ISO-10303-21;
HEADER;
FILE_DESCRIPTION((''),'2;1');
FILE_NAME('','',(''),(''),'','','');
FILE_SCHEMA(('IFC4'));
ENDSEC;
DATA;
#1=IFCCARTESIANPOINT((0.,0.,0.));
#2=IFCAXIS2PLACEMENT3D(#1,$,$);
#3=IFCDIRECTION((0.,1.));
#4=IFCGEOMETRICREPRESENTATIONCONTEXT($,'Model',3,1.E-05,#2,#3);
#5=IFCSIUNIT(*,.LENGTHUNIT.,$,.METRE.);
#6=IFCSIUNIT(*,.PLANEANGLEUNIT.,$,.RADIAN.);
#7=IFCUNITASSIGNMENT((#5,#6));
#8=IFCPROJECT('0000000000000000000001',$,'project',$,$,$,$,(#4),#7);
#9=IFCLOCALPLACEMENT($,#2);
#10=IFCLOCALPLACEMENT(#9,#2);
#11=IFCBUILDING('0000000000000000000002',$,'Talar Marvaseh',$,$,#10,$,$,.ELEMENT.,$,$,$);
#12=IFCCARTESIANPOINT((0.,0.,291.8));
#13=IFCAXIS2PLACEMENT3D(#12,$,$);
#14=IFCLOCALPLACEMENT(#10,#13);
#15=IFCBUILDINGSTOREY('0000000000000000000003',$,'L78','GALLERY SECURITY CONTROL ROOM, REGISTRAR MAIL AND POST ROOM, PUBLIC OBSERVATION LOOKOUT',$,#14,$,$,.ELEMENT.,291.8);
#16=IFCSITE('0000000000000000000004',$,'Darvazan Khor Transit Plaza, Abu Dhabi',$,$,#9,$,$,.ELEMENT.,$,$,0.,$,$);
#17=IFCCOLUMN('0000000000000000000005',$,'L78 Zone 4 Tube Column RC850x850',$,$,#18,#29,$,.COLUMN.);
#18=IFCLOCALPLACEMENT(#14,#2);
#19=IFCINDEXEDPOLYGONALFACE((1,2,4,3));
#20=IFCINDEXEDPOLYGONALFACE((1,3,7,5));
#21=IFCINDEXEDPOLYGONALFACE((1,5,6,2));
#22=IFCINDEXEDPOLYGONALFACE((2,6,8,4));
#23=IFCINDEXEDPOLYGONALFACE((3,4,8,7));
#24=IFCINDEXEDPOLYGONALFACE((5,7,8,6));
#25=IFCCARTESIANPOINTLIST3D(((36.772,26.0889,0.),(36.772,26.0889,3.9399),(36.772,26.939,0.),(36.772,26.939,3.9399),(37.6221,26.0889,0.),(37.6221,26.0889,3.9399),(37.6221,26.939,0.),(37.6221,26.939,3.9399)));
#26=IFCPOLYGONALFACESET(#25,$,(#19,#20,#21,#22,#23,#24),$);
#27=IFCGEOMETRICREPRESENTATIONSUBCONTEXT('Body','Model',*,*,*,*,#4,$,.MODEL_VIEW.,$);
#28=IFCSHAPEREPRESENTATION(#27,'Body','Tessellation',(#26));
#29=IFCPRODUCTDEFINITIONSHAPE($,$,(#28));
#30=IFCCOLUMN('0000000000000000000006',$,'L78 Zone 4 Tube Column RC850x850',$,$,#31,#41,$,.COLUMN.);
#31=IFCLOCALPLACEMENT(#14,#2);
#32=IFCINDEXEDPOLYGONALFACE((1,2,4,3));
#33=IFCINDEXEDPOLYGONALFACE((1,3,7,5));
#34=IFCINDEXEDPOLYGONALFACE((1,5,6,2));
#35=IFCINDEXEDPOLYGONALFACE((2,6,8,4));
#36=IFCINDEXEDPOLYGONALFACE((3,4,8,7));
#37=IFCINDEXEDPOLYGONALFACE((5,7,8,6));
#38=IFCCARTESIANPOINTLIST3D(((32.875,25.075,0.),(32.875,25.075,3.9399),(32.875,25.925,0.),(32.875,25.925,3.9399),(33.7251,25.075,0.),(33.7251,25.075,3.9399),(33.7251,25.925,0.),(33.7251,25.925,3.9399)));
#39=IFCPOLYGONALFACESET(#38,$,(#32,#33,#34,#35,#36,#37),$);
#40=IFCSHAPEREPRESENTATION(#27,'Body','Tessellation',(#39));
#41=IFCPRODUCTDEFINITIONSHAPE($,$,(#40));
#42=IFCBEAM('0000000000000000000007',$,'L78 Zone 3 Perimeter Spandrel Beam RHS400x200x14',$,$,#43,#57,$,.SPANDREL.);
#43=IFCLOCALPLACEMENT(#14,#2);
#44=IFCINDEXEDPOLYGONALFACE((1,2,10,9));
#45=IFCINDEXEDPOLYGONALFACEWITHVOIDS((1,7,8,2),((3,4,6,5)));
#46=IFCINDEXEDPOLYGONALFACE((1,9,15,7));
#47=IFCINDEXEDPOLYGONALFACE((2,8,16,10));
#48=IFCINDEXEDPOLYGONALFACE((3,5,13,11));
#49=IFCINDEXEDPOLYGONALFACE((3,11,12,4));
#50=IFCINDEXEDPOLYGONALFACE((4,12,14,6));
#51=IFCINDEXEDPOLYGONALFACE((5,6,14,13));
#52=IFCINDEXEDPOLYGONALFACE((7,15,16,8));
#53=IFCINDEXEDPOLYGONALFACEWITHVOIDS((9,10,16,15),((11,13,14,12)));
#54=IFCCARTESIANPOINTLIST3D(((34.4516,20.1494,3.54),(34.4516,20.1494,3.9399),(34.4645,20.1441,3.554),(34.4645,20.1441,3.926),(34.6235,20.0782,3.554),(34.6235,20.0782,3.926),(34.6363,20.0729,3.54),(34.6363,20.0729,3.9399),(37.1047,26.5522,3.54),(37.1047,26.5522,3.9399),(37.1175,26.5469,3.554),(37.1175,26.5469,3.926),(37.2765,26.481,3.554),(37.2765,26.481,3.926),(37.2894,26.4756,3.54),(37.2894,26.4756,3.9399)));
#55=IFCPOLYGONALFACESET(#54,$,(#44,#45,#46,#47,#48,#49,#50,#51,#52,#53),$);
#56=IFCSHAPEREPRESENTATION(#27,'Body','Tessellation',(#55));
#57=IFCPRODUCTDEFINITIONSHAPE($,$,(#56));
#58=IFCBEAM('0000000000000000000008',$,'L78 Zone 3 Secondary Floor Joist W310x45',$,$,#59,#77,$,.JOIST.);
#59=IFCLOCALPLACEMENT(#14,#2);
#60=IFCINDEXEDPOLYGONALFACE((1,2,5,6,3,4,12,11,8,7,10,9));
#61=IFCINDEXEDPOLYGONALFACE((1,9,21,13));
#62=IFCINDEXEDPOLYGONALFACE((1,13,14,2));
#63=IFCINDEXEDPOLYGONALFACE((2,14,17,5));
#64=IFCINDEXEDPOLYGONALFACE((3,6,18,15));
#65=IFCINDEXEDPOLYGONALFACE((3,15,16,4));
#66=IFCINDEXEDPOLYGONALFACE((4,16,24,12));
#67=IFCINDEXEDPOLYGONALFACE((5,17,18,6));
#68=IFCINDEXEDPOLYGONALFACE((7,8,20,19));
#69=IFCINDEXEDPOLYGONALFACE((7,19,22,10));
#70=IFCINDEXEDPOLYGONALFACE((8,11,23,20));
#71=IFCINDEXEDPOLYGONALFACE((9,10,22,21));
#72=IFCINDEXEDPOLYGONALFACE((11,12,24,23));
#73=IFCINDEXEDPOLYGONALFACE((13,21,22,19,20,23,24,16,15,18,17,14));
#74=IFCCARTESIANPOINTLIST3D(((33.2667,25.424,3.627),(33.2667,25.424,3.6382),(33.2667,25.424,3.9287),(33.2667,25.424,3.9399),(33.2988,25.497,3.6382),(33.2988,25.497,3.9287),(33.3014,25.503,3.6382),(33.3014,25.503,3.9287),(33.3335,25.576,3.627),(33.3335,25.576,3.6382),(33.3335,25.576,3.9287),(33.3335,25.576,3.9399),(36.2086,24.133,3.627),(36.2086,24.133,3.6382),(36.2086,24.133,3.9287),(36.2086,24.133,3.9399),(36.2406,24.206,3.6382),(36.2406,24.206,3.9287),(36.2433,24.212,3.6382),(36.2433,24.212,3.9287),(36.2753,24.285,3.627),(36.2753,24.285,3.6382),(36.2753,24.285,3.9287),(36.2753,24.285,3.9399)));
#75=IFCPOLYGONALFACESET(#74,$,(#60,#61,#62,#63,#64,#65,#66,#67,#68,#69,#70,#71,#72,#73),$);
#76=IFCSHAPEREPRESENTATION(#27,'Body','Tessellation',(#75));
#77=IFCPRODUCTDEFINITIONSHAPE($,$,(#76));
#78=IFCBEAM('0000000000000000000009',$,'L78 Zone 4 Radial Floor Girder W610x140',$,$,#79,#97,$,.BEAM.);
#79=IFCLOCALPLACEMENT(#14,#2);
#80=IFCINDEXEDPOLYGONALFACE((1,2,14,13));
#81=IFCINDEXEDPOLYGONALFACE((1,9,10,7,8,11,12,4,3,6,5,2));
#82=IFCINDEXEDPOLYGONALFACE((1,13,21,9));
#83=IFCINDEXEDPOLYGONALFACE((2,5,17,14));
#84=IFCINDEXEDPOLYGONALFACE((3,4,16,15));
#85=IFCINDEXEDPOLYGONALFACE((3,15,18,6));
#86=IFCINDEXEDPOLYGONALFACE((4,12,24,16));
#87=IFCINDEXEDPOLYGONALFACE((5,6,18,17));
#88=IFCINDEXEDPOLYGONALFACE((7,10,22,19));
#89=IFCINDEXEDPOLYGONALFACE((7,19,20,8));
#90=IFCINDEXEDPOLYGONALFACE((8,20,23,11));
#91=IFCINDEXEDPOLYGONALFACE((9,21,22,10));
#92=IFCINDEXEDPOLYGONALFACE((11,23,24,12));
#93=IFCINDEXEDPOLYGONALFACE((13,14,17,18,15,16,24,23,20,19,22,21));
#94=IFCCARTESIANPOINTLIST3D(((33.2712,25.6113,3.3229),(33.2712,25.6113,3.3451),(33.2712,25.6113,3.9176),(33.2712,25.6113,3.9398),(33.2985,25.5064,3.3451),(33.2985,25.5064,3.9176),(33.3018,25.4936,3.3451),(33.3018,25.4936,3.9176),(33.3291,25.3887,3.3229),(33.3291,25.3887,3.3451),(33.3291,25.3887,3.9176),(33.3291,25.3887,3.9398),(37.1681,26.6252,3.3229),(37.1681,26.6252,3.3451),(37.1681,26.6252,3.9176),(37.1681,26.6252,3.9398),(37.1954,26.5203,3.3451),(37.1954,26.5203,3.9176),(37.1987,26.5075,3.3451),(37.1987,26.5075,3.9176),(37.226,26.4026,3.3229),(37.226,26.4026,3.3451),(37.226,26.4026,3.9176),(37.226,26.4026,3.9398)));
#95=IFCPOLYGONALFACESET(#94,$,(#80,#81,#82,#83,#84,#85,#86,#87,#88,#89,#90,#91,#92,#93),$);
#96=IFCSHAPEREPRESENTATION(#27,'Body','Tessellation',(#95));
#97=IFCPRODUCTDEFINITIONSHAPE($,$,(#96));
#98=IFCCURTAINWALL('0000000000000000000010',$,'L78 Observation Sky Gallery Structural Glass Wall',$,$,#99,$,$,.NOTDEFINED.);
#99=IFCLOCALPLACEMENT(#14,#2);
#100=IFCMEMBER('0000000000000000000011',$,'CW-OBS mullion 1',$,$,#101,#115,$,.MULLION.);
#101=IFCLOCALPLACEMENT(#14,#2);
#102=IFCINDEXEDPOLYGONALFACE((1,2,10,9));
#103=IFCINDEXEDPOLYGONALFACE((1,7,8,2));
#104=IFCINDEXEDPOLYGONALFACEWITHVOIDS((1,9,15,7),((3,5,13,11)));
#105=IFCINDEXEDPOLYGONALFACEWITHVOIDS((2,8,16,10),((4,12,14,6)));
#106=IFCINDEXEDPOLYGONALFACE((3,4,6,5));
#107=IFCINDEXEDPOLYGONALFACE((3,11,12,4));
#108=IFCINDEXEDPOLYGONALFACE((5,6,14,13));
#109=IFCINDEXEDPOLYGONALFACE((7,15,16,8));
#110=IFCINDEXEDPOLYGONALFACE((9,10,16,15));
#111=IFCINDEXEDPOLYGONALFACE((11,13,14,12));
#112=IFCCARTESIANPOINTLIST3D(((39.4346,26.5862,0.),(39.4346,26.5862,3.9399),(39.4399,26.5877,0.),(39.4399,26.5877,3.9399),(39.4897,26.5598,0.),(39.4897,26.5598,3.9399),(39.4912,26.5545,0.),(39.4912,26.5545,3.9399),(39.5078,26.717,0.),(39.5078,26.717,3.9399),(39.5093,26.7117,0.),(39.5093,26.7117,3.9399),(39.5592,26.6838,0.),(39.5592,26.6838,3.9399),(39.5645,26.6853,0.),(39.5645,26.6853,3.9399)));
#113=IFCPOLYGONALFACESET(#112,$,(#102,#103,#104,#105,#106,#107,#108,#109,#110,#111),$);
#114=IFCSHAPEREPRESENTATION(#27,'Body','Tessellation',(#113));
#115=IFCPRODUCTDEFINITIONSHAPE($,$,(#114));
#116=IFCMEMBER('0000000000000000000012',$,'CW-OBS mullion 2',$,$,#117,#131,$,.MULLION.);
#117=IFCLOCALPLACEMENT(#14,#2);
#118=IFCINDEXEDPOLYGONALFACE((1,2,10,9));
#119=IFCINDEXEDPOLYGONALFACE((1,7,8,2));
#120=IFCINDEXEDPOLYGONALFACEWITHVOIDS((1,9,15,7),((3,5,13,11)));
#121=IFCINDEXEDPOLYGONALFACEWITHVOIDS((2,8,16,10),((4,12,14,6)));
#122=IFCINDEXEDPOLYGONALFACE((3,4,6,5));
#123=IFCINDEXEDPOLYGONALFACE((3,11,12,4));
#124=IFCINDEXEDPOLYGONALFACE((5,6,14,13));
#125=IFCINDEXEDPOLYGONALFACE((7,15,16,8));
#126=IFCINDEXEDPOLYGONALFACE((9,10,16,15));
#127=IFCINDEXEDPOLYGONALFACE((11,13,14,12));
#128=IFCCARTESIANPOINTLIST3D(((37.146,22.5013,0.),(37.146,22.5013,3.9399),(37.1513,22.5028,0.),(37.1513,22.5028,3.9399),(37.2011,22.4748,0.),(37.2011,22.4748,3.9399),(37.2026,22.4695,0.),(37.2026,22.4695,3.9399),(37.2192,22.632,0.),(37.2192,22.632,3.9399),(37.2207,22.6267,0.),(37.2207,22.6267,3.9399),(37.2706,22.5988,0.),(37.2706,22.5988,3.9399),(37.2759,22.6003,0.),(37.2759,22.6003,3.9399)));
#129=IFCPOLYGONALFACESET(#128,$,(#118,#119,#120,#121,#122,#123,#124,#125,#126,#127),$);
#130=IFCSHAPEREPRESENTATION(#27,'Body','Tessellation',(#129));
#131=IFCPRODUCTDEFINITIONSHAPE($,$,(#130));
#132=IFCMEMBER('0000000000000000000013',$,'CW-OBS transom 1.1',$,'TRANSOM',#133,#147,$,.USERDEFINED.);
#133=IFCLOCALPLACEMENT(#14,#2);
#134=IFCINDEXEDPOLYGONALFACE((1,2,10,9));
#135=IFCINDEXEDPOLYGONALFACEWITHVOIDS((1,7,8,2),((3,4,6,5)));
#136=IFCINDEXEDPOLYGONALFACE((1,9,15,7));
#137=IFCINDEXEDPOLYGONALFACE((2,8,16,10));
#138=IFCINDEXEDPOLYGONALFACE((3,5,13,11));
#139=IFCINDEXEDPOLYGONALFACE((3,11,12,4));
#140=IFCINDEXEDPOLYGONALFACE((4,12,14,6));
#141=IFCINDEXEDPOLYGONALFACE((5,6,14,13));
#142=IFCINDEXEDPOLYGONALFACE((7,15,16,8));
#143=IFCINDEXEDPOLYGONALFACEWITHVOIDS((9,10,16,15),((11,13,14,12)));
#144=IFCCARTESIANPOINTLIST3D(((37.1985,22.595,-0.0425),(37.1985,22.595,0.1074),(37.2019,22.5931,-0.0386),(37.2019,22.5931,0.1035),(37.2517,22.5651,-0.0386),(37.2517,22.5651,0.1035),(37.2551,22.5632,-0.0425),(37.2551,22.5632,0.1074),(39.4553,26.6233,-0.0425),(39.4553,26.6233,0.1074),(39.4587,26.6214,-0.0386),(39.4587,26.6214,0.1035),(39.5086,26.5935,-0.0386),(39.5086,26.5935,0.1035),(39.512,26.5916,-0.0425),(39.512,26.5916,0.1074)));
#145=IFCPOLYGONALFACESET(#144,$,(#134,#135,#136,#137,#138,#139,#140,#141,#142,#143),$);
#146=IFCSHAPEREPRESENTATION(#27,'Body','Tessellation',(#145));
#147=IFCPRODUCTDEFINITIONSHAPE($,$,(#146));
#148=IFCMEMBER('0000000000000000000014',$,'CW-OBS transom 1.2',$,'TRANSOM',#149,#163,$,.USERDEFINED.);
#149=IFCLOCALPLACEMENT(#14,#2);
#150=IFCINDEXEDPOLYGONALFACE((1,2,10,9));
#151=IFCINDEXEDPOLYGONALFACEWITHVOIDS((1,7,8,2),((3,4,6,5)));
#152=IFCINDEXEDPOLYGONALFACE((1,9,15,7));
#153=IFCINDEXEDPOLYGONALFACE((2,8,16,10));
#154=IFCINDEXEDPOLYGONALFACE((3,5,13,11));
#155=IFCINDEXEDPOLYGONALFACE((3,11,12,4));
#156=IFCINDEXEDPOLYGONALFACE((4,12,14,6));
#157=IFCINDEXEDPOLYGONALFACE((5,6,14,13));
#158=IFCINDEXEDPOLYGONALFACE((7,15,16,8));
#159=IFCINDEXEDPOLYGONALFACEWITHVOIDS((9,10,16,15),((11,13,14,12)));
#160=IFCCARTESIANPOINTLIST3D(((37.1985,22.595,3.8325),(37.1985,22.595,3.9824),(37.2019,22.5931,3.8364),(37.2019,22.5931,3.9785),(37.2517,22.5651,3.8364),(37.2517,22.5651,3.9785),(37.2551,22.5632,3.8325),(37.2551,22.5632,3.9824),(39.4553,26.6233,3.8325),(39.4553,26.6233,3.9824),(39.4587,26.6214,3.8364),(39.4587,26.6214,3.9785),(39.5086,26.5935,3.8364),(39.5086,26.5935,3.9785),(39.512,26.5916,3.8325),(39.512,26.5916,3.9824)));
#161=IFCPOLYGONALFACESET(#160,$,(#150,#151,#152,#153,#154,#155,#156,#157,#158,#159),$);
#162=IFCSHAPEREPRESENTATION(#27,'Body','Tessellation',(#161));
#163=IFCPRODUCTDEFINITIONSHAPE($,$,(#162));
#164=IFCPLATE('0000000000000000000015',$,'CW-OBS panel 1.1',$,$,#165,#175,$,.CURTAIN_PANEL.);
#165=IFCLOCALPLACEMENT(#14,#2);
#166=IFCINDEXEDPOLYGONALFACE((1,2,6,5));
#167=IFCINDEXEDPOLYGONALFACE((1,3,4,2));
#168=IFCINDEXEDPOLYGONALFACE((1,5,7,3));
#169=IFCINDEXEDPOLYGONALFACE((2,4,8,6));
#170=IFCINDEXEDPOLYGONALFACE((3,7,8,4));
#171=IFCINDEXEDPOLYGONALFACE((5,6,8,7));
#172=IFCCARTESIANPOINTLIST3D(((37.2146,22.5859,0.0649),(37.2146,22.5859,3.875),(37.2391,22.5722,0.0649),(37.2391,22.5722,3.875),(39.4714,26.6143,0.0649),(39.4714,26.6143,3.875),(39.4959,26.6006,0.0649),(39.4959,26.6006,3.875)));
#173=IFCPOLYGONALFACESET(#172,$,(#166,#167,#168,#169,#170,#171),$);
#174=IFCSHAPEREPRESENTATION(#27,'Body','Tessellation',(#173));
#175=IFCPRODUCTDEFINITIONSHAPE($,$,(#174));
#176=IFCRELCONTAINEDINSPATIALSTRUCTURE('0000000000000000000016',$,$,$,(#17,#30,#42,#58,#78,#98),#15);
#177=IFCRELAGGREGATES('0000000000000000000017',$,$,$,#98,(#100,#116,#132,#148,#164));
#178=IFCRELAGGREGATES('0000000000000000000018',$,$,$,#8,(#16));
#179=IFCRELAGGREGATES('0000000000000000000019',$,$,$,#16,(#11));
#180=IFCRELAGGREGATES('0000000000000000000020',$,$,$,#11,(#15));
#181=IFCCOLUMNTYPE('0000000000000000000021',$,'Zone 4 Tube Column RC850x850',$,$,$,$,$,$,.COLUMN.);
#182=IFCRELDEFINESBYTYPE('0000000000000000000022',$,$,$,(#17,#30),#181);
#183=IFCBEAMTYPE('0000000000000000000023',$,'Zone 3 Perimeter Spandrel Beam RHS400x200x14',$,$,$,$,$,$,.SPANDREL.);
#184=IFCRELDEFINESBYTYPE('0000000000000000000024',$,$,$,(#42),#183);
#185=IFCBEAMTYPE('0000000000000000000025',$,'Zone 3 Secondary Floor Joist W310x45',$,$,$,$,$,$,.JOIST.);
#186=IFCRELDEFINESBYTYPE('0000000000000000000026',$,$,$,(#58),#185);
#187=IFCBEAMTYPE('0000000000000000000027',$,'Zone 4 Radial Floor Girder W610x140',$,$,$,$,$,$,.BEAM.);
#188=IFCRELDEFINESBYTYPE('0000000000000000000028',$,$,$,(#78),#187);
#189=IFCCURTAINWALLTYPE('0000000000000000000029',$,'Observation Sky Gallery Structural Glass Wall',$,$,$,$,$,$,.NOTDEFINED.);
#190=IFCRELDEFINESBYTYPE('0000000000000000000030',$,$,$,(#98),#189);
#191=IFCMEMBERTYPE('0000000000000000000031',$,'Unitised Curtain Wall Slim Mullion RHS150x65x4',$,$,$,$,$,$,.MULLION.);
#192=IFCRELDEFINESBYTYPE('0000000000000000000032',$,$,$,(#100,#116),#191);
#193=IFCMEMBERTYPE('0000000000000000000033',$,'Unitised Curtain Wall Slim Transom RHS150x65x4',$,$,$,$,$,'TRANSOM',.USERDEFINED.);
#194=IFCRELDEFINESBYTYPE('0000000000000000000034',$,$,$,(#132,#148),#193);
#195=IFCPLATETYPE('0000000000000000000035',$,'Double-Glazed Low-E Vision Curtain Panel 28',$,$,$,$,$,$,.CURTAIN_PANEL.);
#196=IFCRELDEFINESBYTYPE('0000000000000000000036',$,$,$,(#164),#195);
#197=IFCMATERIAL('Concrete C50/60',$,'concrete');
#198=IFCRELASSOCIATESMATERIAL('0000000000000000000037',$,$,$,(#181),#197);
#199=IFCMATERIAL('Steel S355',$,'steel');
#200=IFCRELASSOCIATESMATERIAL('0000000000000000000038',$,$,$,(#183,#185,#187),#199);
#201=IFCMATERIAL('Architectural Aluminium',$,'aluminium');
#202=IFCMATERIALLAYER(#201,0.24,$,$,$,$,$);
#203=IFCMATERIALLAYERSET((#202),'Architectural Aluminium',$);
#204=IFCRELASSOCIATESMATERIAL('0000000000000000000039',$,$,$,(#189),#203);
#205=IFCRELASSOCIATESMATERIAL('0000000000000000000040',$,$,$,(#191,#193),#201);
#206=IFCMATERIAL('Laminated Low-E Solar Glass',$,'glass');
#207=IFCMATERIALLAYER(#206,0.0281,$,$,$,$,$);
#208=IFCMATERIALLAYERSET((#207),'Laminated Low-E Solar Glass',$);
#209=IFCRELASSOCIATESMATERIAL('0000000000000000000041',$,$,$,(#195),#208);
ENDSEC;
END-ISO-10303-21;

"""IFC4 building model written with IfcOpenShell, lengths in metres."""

from ifc_helpers import new_model, si_unit, direction, frame, origin, origin_2d, place, context, subcontext, project, spatial, rectangle, hollow_rectangle, i_section, extrude, source, transform, mapped, material, layer, layer_set, material_profile, profile_set, type_object, type_shapes, element, aggregate, save


model = new_model("IFC4")

# Units and contexts
model_context = context("Model", 3, precision=1e-05, world=origin(), true_north=direction((0.0, 1.0)))
body_context = subcontext(model_context, "Body", "Model", "MODEL_VIEW")
ifc_project = project(units=[si_unit("LENGTHUNIT", "METRE"), si_unit("PLANEANGLEUNIT", "RADIAN")], contexts=[model_context])

# Site, building, storey
site_placement = place(None, origin())
site = spatial("IfcSite", under=ifc_project, at=site_placement, Name="Darvazan Khor Transit Plaza, Abu Dhabi", CompositionType="ELEMENT", RefElevation=0.0)
building_placement = place(site_placement, origin())
building = spatial("IfcBuilding", under=site, at=building_placement, Name="Talar Marvaseh", CompositionType="ELEMENT")
storey_placement = place(building_placement, frame((0.0, 0.0, 291.8)))
storey = spatial("IfcBuildingStorey", under=building, at=storey_placement, Name="L78", Description="GALLERY SECURITY CONTROL ROOM, REGISTRAR MAIL AND POST ROOM, PUBLIC OBSERVATION LOOKOUT", CompositionType="ELEMENT", Elevation=291.8)

# Columns
ifc_material_1 = material(Name="Concrete C50/60", Category="concrete")
ifc_material_profile_1 = material_profile(ifc_material_1, rectangle(XDim=0.8501, YDim=0.8501, at=origin_2d()), Name="RC850x850")
ifc_profile_set_1 = profile_set([ifc_material_profile_1], Name="Concrete C50/60")
column_type = type_object("IfcColumnType", Name="Zone 4 Tube Column RC850x850", PredefinedType="COLUMN", material=ifc_profile_set_1)
for number, where, z_axis, x_axis, name in (
    (1, (37.197, 26.5139, 0.0), (0.0, 0.0, 1.0), (1.0, 0.0, 0.0), "L78 Zone 4 Tube Column RC850x850"),
    (2, (33.3, 25.5, 0.0), (0.0, 0.0, 1.0), (1.0, 0.0, 0.0), "L78 Zone 4 Tube Column RC850x850"),
):
    element("IfcColumn", number, at=place(storey_placement, frame(where, z_axis=z_axis, x_axis=x_axis)), inside=storey, type_object=column_type, Name=name, PredefinedType="COLUMN", context=body_context, shape_type="SweptSolid", body=[
        extrude(rectangle(XDim=0.8501, YDim=0.8501, at=origin_2d()), origin(), (0.0, 0.0, 1.0), 3.9399),
    ])

# Beams
ifc_material_2 = material(Name="Steel S355", Category="steel")
ifc_material_profile_2 = material_profile(ifc_material_2, hollow_rectangle(XDim=0.2, YDim=0.3999, WallThickness=0.0139, at=origin_2d()), Name="RHS400x200x14")
ifc_profile_set_2 = profile_set([ifc_material_profile_2], Name="Steel S355")
beam_type_1 = type_object("IfcBeamType", Name="Zone 3 Perimeter Spandrel Beam RHS400x200x14", PredefinedType="SPANDREL", material=ifc_profile_set_2)
beam_1_placement = place(storey_placement, frame((37.197, 26.5139, 3.74), z_axis=(-0.382799, -0.923832, 0.0), x_axis=(0.923832, -0.382799, 0.0)))
element("IfcBeam", 3, at=beam_1_placement, inside=storey, type_object=beam_type_1, Name="L78 Zone 3 Perimeter Spandrel Beam RHS400x200x14", PredefinedType="SPANDREL", context=body_context, shape_type="SweptSolid", body=[
    extrude(hollow_rectangle(XDim=0.2, YDim=0.3999, WallThickness=0.0139, at=origin_2d()), origin(), (0.0, 0.0, 1.0), 6.9307),
])
ifc_material_profile_3 = material_profile(ifc_material_2, i_section(OverallWidth=0.166, OverallDepth=0.313, WebThickness=0.0066, FlangeThickness=0.0112, at=origin_2d()), Name="W310x45")
ifc_profile_set_3 = profile_set([ifc_material_profile_3], Name="Steel S355")
beam_type_2 = type_object("IfcBeamType", Name="Zone 3 Secondary Floor Joist W310x45", PredefinedType="JOIST", material=ifc_profile_set_3)
beam_2_placement = place(storey_placement, frame((36.2419, 24.209, 3.7834), z_axis=(-0.915707, 0.401847, 0.0), x_axis=(-0.401847, -0.915707, 0.0)))
element("IfcBeam", 4, at=beam_2_placement, inside=storey, type_object=beam_type_2, Name="L78 Zone 3 Secondary Floor Joist W310x45", PredefinedType="JOIST", context=body_context, shape_type="SweptSolid", body=[
    extrude(i_section(OverallWidth=0.166, OverallDepth=0.313, WebThickness=0.0066, FlangeThickness=0.0112, at=origin_2d()), origin(), (0.0, 0.0, 1.0), 3.2126),
])
ifc_material_profile_4 = material_profile(ifc_material_2, i_section(OverallWidth=0.23, OverallDepth=0.6169, WebThickness=0.0132, FlangeThickness=0.0222, at=origin_2d()), Name="W610x140")
ifc_profile_set_4 = profile_set([ifc_material_profile_4], Name="Steel S355")
beam_type_3 = type_object("IfcBeamType", Name="Zone 4 Radial Floor Girder W610x140", PredefinedType="BEAM", material=ifc_profile_set_4)
beam_3_placement = place(storey_placement, frame((37.197, 26.5139, 3.6313), z_axis=(-0.96778, -0.251797, 0.0), x_axis=(0.251797, -0.96778, 0.0)))
element("IfcBeam", 5, at=beam_3_placement, inside=storey, type_object=beam_type_3, Name="L78 Zone 4 Radial Floor Girder W610x140", PredefinedType="BEAM", context=body_context, shape_type="SweptSolid", body=[
    extrude(i_section(OverallWidth=0.23, OverallDepth=0.6169, WebThickness=0.0132, FlangeThickness=0.0222, at=origin_2d()), origin(), (0.0, 0.0, 1.0), 4.0266),
])

# Curtain wall, members, plate
ifc_material_3 = material(Name="Architectural Aluminium", Category="aluminium")
ifc_layer_1 = layer(ifc_material_3, 0.24)
ifc_layer_set_1 = layer_set([ifc_layer_1], Name="Architectural Aluminium")
curtain_wall_type = type_object("IfcCurtainWallType", Name="Observation Sky Gallery Structural Glass Wall", PredefinedType="NOTDEFINED", material=ifc_layer_set_1)
curtain_wall_placement = place(storey_placement, origin())
curtain_wall = element("IfcCurtainWall", 6, at=curtain_wall_placement, inside=storey, type_object=curtain_wall_type, Name="L78 Observation Sky Gallery Structural Glass Wall", PredefinedType="NOTDEFINED")
ifc_material_profile_5 = material_profile(ifc_material_3, hollow_rectangle(XDim=0.0649, YDim=0.1499, WallThickness=0.0039, at=origin_2d()), Name="RHS150x65x4")
ifc_profile_set_5 = profile_set([ifc_material_profile_5], Name="Architectural Aluminium")
member_type_1 = type_object("IfcMemberType", Name="Unitised Curtain Wall Slim Mullion RHS150x65x4", PredefinedType="MULLION", material=ifc_profile_set_5)
shared_shape_1 = source(origin(), body_context, "Body", "SweptSolid", [
    extrude(hollow_rectangle(XDim=0.0649, YDim=0.1499, WallThickness=0.0039, at=origin_2d()), origin(), (0.0, 0.0, 1.0), 3.9399),
])
type_shapes(member_type_1, [shared_shape_1])
member_1_placement = place(storey_placement, frame((39.4995, 26.6357, 0.0), z_axis=(0.0, 0.0, 1.0), x_axis=(0.872422, -0.488753, 0.0)))
member_1 = element("IfcMember", 7, at=member_1_placement, type_object=member_type_1, Name="CW-OBS mullion 1", PredefinedType="MULLION", context=body_context, shape_type="MappedRepresentation", body=[
    mapped(shared_shape_1, transform((0.0, 0.0, 0.0), x_axis=(1.0, 0.0, 0.0), y_axis=(0.0, 1.0, 0.0), z_axis=(0.0, 0.0, 1.0), scale=1.0)),
])
member_2_placement = place(storey_placement, frame((37.2109, 22.5508, 0.0), z_axis=(0.0, 0.0, 1.0), x_axis=(0.872422, -0.488753, 0.0)))
member_2 = element("IfcMember", 8, at=member_2_placement, type_object=member_type_1, Name="CW-OBS mullion 2", PredefinedType="MULLION", context=body_context, shape_type="MappedRepresentation", body=[
    mapped(shared_shape_1, transform((0.0, 0.0, 0.0), x_axis=(1.0, 0.0, 0.0), y_axis=(0.0, 1.0, 0.0), z_axis=(0.0, 0.0, 1.0), scale=1.0)),
])
ifc_material_profile_6 = material_profile(ifc_material_3, hollow_rectangle(XDim=0.0649, YDim=0.1499, WallThickness=0.0039, at=origin_2d()), Name="RHS150x65x4")
ifc_profile_set_6 = profile_set([ifc_material_profile_6], Name="Architectural Aluminium")
member_type_2 = type_object("IfcMemberType", Name="Unitised Curtain Wall Slim Transom RHS150x65x4", ElementType="TRANSOM", PredefinedType="USERDEFINED", material=ifc_profile_set_6)
shared_shape_2 = source(origin(), body_context, "Body", "SweptSolid", [
    extrude(hollow_rectangle(XDim=0.0649, YDim=0.1499, WallThickness=0.0039, at=origin_2d()), origin(), (0.0, 0.0, 1.0), 4.6174),
])
type_shapes(member_type_2, [shared_shape_2])
member_3_placement = place(storey_placement, frame((39.4836, 26.6074, 0.0325), z_axis=(-0.488764, -0.872416, 0.0), x_axis=(0.872416, -0.488764, 0.0)))
member_3 = element("IfcMember", 9, at=member_3_placement, type_object=member_type_2, Name="CW-OBS transom 1.1", ObjectType="TRANSOM", PredefinedType="USERDEFINED", context=body_context, shape_type="MappedRepresentation", body=[
    mapped(shared_shape_2, transform((0.0, 0.0, 0.0), x_axis=(1.0, 0.0, 0.0), y_axis=(0.0, 1.0, 0.0), z_axis=(0.0, 0.0, 1.0), scale=1.0)),
])
member_4_placement = place(storey_placement, frame((39.4836, 26.6074, 3.9075), z_axis=(-0.488764, -0.872416, 0.0), x_axis=(0.872416, -0.488764, 0.0)))
member_4 = element("IfcMember", 10, at=member_4_placement, type_object=member_type_2, Name="CW-OBS transom 1.2", ObjectType="TRANSOM", PredefinedType="USERDEFINED", context=body_context, shape_type="MappedRepresentation", body=[
    mapped(shared_shape_2, transform((0.0, 0.0, 0.0), x_axis=(1.0, 0.0, 0.0), y_axis=(0.0, 1.0, 0.0), z_axis=(0.0, 0.0, 1.0), scale=1.0)),
])
ifc_material_4 = material(Name="Laminated Low-E Solar Glass", Category="glass")
ifc_layer_2 = layer(ifc_material_4, 0.0281)
ifc_layer_set_2 = layer_set([ifc_layer_2], Name="Laminated Low-E Solar Glass")
plate_type = type_object("IfcPlateType", Name="Double-Glazed Low-E Vision Curtain Panel 28", PredefinedType="CURTAIN_PANEL", material=ifc_layer_set_2)
shared_shape_3 = source(origin(), body_context, "Body", "SweptSolid", [
    extrude(rectangle(XDim=4.6174, YDim=0.0281, at=origin_2d()), origin(), (0.0, 0.0, 1.0), 3.8101),
])
type_shapes(plate_type, [shared_shape_3])
plate_placement = place(storey_placement, frame((38.3552, 24.5933, 0.0649), z_axis=(0.0, 0.0, 1.0), x_axis=(-0.488753, -0.872422, 0.0)))
plate = element("IfcPlate", 11, at=plate_placement, type_object=plate_type, Name="CW-OBS panel 1.1", PredefinedType="CURTAIN_PANEL", context=body_context, shape_type="MappedRepresentation", body=[
    mapped(shared_shape_3, transform((0.0, 0.0, 0.0), x_axis=(1.0, 0.0, 0.0), y_axis=(0.0, 1.0, 0.0), z_axis=(0.0, 0.0, 1.0), scale=1.0)),
])
aggregate(curtain_wall, [member_1, member_2, member_3, member_4, plate])

save(model, "model.ifc")
